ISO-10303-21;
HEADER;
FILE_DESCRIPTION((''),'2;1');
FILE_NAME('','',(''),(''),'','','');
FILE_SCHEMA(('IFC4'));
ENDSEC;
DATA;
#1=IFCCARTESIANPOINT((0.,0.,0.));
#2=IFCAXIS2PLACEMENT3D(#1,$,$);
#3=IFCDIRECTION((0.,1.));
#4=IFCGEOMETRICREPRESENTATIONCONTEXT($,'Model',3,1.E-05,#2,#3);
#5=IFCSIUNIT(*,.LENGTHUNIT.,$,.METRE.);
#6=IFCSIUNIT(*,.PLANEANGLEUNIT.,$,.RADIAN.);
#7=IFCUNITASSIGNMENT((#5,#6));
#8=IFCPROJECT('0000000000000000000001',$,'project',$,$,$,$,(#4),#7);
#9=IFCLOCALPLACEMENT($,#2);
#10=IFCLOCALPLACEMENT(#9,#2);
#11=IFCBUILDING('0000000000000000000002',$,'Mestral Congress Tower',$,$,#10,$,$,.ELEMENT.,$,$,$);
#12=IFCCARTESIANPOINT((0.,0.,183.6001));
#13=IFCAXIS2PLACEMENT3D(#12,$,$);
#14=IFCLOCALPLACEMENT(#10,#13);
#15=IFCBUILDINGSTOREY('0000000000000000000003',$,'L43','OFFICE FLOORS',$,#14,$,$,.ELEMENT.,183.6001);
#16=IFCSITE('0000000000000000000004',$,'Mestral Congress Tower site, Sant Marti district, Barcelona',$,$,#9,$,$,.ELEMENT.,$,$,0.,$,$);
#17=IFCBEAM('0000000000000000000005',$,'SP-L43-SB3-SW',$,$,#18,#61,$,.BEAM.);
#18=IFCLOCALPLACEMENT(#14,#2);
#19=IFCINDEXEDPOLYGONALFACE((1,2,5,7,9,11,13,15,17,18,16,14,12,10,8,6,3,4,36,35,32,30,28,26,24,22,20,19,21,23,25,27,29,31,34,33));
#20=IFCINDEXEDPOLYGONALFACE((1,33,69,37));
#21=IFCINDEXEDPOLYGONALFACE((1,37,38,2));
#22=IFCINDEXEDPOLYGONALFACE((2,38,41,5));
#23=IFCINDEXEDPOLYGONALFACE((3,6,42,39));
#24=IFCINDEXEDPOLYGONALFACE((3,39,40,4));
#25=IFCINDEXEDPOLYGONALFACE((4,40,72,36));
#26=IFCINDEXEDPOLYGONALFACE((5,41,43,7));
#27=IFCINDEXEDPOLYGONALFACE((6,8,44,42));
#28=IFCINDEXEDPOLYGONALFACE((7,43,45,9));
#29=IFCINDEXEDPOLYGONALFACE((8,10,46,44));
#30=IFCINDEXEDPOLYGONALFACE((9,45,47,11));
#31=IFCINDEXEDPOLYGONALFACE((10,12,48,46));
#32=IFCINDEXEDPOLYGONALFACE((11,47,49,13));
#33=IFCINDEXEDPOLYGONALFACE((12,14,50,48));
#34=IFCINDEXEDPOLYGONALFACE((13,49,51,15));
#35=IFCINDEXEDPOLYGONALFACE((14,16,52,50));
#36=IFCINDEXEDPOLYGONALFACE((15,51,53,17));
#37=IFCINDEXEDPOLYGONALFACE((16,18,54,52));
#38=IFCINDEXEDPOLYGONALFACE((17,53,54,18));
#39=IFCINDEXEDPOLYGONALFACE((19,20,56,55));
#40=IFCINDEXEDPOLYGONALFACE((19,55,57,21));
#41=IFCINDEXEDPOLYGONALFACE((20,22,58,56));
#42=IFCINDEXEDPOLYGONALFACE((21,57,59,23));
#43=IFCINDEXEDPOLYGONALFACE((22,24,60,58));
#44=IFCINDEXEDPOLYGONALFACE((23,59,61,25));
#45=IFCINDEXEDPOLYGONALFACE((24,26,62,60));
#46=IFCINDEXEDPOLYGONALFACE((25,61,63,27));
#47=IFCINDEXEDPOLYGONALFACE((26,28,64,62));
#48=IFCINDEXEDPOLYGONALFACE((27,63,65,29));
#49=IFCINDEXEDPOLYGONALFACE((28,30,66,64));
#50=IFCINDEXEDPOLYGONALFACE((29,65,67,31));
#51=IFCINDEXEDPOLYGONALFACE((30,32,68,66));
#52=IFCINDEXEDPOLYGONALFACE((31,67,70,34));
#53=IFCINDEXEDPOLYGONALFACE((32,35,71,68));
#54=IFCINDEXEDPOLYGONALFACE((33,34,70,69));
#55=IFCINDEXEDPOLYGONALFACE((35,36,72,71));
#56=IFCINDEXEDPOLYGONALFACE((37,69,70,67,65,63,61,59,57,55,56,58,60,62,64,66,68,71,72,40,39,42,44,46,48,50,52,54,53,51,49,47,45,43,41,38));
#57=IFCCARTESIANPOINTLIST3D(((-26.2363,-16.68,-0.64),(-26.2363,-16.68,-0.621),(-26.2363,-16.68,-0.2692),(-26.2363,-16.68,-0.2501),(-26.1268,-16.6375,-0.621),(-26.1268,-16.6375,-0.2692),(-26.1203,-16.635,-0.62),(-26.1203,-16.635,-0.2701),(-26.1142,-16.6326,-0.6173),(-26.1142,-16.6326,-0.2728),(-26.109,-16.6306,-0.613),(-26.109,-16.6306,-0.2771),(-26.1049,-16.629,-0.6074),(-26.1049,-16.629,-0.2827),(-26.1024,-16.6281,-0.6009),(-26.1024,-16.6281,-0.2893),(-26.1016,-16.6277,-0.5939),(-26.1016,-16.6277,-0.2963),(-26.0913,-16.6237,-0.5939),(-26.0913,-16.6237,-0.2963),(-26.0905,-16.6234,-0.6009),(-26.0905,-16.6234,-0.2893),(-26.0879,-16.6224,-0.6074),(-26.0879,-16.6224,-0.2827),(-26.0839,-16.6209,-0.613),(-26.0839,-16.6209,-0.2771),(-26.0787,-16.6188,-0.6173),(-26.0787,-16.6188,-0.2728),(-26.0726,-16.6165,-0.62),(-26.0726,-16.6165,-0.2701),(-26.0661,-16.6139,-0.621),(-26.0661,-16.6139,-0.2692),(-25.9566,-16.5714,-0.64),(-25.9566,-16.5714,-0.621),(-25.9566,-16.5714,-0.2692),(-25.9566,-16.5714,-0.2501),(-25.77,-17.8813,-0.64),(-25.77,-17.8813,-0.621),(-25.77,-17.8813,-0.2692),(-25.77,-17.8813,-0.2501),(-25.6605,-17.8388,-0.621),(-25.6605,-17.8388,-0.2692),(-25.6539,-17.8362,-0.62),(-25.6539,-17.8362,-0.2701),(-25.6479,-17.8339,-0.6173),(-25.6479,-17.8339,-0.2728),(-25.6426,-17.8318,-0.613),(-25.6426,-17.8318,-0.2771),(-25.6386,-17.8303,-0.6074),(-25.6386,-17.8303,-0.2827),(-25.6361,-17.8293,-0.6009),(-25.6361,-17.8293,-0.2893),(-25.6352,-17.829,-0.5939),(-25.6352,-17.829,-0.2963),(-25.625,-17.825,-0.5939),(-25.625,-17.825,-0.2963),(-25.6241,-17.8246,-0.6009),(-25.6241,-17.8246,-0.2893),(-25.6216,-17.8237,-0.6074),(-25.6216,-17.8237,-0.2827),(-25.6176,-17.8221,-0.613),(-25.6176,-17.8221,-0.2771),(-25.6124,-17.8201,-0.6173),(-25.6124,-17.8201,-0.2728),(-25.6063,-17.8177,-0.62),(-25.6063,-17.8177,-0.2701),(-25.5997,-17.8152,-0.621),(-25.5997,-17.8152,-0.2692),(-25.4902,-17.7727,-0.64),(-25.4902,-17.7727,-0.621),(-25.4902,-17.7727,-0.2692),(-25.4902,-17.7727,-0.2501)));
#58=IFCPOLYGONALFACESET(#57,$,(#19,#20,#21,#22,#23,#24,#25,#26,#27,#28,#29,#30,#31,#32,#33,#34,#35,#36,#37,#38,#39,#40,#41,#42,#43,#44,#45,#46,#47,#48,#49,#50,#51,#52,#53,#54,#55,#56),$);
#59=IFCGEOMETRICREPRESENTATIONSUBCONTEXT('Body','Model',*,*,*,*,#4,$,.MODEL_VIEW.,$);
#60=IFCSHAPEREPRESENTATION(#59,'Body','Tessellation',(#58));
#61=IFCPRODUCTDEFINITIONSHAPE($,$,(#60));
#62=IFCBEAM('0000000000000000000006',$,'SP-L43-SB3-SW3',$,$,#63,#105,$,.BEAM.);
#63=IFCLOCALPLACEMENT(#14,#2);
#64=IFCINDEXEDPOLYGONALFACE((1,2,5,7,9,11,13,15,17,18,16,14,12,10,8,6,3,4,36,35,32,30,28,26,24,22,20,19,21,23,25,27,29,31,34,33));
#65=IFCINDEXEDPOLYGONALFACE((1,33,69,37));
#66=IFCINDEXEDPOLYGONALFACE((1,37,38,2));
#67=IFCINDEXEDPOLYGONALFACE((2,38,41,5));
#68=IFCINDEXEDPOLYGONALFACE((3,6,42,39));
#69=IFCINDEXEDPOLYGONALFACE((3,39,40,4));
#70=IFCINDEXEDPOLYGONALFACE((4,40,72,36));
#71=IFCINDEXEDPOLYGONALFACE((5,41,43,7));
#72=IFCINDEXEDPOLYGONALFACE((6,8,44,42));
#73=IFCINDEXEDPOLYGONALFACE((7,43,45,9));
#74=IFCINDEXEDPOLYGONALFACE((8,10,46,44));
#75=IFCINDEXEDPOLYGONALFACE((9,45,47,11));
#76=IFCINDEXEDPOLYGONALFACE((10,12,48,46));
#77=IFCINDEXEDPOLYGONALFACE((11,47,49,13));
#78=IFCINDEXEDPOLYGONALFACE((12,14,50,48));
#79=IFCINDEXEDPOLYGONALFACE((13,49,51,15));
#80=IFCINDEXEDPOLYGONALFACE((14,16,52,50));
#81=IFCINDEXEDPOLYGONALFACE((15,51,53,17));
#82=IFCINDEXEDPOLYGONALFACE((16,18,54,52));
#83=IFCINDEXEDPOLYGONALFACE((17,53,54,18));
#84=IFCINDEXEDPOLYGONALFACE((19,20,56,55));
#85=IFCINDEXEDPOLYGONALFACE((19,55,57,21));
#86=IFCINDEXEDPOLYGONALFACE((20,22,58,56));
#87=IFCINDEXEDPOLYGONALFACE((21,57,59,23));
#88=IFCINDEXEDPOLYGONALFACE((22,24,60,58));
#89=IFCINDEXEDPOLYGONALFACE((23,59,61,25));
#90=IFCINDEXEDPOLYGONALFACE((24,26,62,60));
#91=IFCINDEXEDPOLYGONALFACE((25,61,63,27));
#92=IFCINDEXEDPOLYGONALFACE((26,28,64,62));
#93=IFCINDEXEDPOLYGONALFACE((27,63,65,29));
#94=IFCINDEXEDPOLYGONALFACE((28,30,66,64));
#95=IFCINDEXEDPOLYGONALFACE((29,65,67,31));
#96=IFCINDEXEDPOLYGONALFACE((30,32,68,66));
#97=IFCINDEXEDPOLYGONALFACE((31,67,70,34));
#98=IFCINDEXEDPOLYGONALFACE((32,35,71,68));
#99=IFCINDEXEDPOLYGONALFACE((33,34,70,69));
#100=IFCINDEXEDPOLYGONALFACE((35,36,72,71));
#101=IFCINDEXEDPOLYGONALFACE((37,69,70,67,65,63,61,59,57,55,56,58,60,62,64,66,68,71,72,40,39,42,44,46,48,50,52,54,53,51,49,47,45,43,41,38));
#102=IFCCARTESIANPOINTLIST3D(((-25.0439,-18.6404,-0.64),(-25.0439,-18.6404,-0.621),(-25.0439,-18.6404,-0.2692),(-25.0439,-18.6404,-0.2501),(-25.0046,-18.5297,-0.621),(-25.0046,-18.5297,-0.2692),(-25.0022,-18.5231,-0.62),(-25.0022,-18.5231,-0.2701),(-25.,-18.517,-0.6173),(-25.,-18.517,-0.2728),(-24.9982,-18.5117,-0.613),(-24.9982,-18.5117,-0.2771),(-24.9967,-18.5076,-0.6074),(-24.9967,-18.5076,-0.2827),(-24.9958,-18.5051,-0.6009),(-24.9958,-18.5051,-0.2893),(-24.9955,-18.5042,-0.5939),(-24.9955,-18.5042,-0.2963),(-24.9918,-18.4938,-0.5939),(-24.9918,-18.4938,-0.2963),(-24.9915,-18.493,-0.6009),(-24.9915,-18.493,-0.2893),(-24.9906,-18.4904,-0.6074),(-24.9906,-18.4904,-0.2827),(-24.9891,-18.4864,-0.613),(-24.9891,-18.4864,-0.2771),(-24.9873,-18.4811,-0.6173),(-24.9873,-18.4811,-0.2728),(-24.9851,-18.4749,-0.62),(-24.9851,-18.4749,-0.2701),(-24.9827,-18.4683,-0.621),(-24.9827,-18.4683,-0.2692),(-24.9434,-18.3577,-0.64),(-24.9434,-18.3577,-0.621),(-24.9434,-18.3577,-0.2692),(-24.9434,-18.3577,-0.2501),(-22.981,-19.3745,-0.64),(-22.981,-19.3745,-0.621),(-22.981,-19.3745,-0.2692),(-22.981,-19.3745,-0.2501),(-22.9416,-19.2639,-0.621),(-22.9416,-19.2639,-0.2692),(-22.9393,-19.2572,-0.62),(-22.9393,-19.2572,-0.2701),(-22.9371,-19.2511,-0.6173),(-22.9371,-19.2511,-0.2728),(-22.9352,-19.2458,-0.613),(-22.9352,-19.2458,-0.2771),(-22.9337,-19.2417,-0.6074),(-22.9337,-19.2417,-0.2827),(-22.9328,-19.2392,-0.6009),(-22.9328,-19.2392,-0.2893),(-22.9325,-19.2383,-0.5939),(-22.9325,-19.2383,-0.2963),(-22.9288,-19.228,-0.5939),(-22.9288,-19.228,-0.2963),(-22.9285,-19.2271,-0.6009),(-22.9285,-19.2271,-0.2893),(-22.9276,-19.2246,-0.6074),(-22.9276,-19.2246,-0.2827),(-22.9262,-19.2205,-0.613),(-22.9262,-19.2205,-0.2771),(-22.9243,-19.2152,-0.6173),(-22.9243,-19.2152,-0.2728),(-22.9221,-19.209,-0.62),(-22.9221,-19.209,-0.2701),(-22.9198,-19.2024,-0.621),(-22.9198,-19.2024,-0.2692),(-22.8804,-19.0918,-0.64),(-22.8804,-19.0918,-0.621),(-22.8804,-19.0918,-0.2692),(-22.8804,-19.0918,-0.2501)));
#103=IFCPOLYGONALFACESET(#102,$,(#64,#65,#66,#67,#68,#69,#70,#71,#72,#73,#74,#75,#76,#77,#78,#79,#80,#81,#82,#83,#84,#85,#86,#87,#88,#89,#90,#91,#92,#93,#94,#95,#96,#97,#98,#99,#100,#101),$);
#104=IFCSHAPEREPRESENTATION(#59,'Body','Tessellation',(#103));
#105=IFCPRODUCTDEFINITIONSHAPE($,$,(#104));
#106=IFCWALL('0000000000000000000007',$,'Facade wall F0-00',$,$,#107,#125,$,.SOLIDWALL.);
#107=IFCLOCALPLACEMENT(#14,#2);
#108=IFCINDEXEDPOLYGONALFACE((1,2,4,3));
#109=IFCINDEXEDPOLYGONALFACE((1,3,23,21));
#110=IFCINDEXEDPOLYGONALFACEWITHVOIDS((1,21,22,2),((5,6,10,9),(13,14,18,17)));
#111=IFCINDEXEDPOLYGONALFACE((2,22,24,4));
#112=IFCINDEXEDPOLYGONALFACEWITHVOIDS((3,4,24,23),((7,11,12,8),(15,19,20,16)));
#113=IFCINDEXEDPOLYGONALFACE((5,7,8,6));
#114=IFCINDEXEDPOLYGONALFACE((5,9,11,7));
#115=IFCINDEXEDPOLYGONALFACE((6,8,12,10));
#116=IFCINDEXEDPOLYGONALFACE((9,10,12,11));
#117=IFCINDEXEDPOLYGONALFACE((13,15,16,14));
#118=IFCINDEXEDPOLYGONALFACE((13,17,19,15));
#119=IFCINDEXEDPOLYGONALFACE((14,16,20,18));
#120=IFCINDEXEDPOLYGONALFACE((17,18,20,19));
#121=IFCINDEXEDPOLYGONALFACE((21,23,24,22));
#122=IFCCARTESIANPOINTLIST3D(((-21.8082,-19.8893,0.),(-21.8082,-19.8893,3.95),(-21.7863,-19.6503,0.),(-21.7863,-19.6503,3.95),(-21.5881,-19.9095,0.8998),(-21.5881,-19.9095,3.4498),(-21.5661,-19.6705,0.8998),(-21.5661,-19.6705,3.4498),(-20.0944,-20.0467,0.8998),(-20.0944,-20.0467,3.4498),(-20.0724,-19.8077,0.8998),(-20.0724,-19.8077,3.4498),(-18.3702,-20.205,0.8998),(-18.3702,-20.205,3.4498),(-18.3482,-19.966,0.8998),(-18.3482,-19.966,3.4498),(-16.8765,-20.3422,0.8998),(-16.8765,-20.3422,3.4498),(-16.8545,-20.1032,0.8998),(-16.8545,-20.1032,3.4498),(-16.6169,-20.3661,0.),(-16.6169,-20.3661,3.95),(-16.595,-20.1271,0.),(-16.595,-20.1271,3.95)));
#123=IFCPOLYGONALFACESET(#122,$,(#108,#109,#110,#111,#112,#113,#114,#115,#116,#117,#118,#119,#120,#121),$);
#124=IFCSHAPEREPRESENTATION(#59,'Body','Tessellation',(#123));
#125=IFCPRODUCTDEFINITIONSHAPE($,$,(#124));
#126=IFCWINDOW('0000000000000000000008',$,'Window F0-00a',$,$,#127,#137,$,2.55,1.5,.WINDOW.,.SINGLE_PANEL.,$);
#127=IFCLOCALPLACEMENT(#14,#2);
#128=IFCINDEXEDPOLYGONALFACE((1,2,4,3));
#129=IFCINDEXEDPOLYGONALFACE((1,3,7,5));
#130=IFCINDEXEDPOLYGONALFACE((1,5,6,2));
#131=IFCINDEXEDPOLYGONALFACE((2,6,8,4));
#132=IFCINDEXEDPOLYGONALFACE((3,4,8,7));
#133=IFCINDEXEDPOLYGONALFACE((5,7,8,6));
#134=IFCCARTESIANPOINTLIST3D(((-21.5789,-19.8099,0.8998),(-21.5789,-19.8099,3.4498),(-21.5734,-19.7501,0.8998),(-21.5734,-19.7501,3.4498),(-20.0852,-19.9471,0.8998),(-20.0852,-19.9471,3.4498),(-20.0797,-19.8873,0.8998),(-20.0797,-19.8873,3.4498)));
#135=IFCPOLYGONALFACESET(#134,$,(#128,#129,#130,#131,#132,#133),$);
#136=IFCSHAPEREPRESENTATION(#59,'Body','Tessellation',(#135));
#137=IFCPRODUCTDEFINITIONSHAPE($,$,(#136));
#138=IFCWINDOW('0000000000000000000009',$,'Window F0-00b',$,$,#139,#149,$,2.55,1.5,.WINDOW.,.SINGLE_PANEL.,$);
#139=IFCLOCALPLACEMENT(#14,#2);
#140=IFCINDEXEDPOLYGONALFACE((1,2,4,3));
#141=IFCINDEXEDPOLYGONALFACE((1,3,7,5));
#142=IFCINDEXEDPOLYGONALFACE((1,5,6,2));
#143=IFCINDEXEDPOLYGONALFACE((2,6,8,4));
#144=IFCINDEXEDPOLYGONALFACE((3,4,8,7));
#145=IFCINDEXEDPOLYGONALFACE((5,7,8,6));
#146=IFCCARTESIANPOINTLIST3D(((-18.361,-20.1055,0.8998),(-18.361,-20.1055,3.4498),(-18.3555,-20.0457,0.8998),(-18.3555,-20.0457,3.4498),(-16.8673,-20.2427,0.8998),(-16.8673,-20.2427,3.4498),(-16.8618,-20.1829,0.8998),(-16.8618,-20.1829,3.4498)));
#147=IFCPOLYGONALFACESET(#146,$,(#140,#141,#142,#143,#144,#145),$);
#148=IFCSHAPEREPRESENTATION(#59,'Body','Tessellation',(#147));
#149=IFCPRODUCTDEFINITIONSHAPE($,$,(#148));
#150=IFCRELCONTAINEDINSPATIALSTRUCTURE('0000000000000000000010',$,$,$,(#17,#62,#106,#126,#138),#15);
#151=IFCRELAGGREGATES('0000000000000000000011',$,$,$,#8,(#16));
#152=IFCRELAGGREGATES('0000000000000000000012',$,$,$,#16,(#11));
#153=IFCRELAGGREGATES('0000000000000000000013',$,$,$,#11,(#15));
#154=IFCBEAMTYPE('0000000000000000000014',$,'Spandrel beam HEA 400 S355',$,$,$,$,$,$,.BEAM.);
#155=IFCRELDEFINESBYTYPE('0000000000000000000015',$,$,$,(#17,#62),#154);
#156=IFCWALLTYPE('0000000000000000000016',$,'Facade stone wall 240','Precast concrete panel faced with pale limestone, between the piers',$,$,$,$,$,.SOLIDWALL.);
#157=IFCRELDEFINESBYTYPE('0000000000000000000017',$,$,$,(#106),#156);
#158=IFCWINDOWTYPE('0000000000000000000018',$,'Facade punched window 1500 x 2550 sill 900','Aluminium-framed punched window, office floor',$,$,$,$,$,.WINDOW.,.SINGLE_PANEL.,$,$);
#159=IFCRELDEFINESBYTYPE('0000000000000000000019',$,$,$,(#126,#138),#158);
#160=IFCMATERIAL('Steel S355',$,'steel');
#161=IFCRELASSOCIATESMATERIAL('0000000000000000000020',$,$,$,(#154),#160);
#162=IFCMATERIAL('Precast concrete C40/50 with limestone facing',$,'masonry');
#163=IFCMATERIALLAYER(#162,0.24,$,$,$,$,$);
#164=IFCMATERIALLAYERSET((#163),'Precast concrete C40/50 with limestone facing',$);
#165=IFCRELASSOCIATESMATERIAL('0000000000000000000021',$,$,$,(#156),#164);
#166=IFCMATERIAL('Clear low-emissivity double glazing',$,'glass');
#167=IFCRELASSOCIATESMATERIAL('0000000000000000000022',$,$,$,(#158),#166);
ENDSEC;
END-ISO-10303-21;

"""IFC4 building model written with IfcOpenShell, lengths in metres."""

from ifc_helpers import new_model, si_unit, direction, frame, frame_2d, origin, origin_2d, place, context, subcontext, project, spatial, rectangle, i_section, extrude, material, layer, layer_set, material_profile, profile_set, type_object, element, fill, save


model = new_model("IFC4")

# Units and contexts
model_context = context("Model", 3, precision=1e-05, world=origin(), true_north=direction((0.0, 1.0)))
body_context = subcontext(model_context, "Body", "Model", "MODEL_VIEW")
ifc_project = project(units=[si_unit("LENGTHUNIT", "METRE"), si_unit("PLANEANGLEUNIT", "RADIAN")], contexts=[model_context])

# Site, building, storey
site_placement = place(None, origin())
site = spatial("IfcSite", under=ifc_project, at=site_placement, Name="Mestral Congress Tower site, Sant Marti district, Barcelona", CompositionType="ELEMENT", RefElevation=0.0)
building_placement = place(site_placement, origin())
building = spatial("IfcBuilding", under=site, at=building_placement, Name="Mestral Congress Tower", CompositionType="ELEMENT")
storey_placement = place(building_placement, frame((0.0, 0.0, 183.6001)))
storey = spatial("IfcBuildingStorey", under=building, at=storey_placement, Name="L43", Description="OFFICE FLOORS", CompositionType="ELEMENT", Elevation=183.6001)

# Beams
ifc_material_1 = material(Name="Steel S355", Category="steel")
ifc_material_profile_1 = material_profile(ifc_material_1, i_section(OverallWidth=0.3, OverallDepth=0.3899, WebThickness=0.011, FlangeThickness=0.019, FilletRadius=0.0271, at=origin_2d()), Name="HEA 400")
ifc_profile_set_1 = profile_set([ifc_material_profile_1], Name="Steel S355")
beam_type_1 = type_object("IfcBeamType", Name="Spandrel beam HEA 400 S355", PredefinedType="BEAM", material=ifc_profile_set_1)
beam_1_placement = place(storey_placement, frame((-26.0964, -16.6257, -0.4451), z_axis=(0.361898, -0.932218, 0.0), x_axis=(0.932218, 0.361898, 0.0)))
element("IfcBeam", 1, at=beam_1_placement, inside=storey, type_object=beam_type_1, Name="SP-L43-SB3-SW", PredefinedType="BEAM", context=body_context, shape_type="SweptSolid", body=[
    extrude(i_section(OverallWidth=0.3, OverallDepth=0.3899, WebThickness=0.011, FlangeThickness=0.019, FilletRadius=0.0271, at=origin_2d()), origin(), (0.0, 0.0, 1.0), 1.2886),
])
beam_2_placement = place(storey_placement, frame((-24.9937, -18.499, -0.4451), z_axis=(0.942125, -0.335263, 0.0), x_axis=(0.335263, 0.942125, 0.0)))
element("IfcBeam", 2, at=beam_2_placement, inside=storey, type_object=beam_type_1, Name="SP-L43-SB3-SW3", PredefinedType="BEAM", context=body_context, shape_type="SweptSolid", body=[
    extrude(i_section(OverallWidth=0.3, OverallDepth=0.3899, WebThickness=0.011, FlangeThickness=0.019, FilletRadius=0.0271, at=origin_2d()), origin(), (0.0, 0.0, 1.0), 2.1897),
])

# Wall, openings, windows
ifc_material_2 = material(Name="Precast concrete C40/50 with limestone facing", Category="masonry")
ifc_layer = layer(ifc_material_2, 0.24)
ifc_layer_set = layer_set([ifc_layer], Name="Precast concrete C40/50 with limestone facing")
wall_type = type_object("IfcWallType", Name="Facade stone wall 240", Description="Precast concrete panel faced with pale limestone, between the piers", PredefinedType="SOLIDWALL", material=ifc_layer_set)
wall_1_placement = place(storey_placement, frame((-21.7971, -19.7698, 0.0), z_axis=(0.0, 0.0, 1.0), x_axis=(0.995809, -0.09146, 0.0)))
wall_1 = element("IfcWall", 3, at=wall_1_placement, inside=storey, type_object=wall_type, Name="Facade wall F0-00", PredefinedType="SOLIDWALL", context=body_context, shape_type="SweptSolid", body=[
    extrude(rectangle(XDim=5.2131, YDim=0.24, at=frame_2d((2.6064, 0.0))), origin(), (0.0, 0.0, 1.0), 3.95),
])
opening_1_placement = place(wall_1_placement, frame((0.2209, 0.0, 0.8999)))
opening_1 = element("IfcOpeningElement", 4, at=opening_1_placement, cuts=wall_1, PredefinedType="OPENING", context=body_context, shape_type="SweptSolid", body=[
    extrude(rectangle(XDim=1.5, YDim=2.55, at=frame_2d((0.75, 1.2749))), frame((0.0, 0.1299, 0.0), z_axis=(0.0, -1.0, 0.0), x_axis=(1.0, 0.0, 0.0)), (0.0, 0.0, 1.0), 0.26),
])
opening_2_placement = place(wall_1_placement, frame((3.4524, 0.0, 0.8999)))
opening_2 = element("IfcOpeningElement", 5, at=opening_2_placement, cuts=wall_1, PredefinedType="OPENING", context=body_context, shape_type="SweptSolid", body=[
    extrude(rectangle(XDim=1.5, YDim=2.55, at=frame_2d((0.75, 1.2749))), frame((0.0, 0.1299, 0.0), z_axis=(0.0, -1.0, 0.0), x_axis=(1.0, 0.0, 0.0)), (0.0, 0.0, 1.0), 0.26),
])
ifc_material_3 = material(Name="Clear low-emissivity double glazing", Category="glass")
window_type_1 = type_object("IfcWindowType", Name="Facade punched window 1500 x 2550 sill 900", Description="Aluminium-framed punched window, office floor", PartitioningType="SINGLE_PANEL", PredefinedType="WINDOW", material=ifc_material_3)
window_1_placement = place(opening_1_placement, origin())
window_1 = element("IfcWindow", 6, at=window_1_placement, inside=storey, type_object=window_type_1, Name="Window F0-00a", OverallHeight=2.55, OverallWidth=1.5, PartitioningType="SINGLE_PANEL", PredefinedType="WINDOW", context=body_context, shape_type="SweptSolid", body=[
    extrude(rectangle(XDim=1.5, YDim=2.55, at=frame_2d((0.75, 1.2749))), frame((0.0, 0.04, 0.0), z_axis=(0.0, -1.0, 0.0), x_axis=(1.0, 0.0, 0.0)), (0.0, 0.0, 1.0), 0.0601),
])
fill(opening_1, window_1)
window_2_placement = place(opening_2_placement, origin())
window_2 = element("IfcWindow", 7, at=window_2_placement, inside=storey, type_object=window_type_1, Name="Window F0-00b", OverallHeight=2.55, OverallWidth=1.5, PartitioningType="SINGLE_PANEL", PredefinedType="WINDOW", context=body_context, shape_type="SweptSolid", body=[
    extrude(rectangle(XDim=1.5, YDim=2.55, at=frame_2d((0.75, 1.2749))), frame((0.0, 0.04, 0.0), z_axis=(0.0, -1.0, 0.0), x_axis=(1.0, 0.0, 0.0)), (0.0, 0.0, 1.0), 0.0601),
])
fill(opening_2, window_2)

save(model, "model.ifc")
